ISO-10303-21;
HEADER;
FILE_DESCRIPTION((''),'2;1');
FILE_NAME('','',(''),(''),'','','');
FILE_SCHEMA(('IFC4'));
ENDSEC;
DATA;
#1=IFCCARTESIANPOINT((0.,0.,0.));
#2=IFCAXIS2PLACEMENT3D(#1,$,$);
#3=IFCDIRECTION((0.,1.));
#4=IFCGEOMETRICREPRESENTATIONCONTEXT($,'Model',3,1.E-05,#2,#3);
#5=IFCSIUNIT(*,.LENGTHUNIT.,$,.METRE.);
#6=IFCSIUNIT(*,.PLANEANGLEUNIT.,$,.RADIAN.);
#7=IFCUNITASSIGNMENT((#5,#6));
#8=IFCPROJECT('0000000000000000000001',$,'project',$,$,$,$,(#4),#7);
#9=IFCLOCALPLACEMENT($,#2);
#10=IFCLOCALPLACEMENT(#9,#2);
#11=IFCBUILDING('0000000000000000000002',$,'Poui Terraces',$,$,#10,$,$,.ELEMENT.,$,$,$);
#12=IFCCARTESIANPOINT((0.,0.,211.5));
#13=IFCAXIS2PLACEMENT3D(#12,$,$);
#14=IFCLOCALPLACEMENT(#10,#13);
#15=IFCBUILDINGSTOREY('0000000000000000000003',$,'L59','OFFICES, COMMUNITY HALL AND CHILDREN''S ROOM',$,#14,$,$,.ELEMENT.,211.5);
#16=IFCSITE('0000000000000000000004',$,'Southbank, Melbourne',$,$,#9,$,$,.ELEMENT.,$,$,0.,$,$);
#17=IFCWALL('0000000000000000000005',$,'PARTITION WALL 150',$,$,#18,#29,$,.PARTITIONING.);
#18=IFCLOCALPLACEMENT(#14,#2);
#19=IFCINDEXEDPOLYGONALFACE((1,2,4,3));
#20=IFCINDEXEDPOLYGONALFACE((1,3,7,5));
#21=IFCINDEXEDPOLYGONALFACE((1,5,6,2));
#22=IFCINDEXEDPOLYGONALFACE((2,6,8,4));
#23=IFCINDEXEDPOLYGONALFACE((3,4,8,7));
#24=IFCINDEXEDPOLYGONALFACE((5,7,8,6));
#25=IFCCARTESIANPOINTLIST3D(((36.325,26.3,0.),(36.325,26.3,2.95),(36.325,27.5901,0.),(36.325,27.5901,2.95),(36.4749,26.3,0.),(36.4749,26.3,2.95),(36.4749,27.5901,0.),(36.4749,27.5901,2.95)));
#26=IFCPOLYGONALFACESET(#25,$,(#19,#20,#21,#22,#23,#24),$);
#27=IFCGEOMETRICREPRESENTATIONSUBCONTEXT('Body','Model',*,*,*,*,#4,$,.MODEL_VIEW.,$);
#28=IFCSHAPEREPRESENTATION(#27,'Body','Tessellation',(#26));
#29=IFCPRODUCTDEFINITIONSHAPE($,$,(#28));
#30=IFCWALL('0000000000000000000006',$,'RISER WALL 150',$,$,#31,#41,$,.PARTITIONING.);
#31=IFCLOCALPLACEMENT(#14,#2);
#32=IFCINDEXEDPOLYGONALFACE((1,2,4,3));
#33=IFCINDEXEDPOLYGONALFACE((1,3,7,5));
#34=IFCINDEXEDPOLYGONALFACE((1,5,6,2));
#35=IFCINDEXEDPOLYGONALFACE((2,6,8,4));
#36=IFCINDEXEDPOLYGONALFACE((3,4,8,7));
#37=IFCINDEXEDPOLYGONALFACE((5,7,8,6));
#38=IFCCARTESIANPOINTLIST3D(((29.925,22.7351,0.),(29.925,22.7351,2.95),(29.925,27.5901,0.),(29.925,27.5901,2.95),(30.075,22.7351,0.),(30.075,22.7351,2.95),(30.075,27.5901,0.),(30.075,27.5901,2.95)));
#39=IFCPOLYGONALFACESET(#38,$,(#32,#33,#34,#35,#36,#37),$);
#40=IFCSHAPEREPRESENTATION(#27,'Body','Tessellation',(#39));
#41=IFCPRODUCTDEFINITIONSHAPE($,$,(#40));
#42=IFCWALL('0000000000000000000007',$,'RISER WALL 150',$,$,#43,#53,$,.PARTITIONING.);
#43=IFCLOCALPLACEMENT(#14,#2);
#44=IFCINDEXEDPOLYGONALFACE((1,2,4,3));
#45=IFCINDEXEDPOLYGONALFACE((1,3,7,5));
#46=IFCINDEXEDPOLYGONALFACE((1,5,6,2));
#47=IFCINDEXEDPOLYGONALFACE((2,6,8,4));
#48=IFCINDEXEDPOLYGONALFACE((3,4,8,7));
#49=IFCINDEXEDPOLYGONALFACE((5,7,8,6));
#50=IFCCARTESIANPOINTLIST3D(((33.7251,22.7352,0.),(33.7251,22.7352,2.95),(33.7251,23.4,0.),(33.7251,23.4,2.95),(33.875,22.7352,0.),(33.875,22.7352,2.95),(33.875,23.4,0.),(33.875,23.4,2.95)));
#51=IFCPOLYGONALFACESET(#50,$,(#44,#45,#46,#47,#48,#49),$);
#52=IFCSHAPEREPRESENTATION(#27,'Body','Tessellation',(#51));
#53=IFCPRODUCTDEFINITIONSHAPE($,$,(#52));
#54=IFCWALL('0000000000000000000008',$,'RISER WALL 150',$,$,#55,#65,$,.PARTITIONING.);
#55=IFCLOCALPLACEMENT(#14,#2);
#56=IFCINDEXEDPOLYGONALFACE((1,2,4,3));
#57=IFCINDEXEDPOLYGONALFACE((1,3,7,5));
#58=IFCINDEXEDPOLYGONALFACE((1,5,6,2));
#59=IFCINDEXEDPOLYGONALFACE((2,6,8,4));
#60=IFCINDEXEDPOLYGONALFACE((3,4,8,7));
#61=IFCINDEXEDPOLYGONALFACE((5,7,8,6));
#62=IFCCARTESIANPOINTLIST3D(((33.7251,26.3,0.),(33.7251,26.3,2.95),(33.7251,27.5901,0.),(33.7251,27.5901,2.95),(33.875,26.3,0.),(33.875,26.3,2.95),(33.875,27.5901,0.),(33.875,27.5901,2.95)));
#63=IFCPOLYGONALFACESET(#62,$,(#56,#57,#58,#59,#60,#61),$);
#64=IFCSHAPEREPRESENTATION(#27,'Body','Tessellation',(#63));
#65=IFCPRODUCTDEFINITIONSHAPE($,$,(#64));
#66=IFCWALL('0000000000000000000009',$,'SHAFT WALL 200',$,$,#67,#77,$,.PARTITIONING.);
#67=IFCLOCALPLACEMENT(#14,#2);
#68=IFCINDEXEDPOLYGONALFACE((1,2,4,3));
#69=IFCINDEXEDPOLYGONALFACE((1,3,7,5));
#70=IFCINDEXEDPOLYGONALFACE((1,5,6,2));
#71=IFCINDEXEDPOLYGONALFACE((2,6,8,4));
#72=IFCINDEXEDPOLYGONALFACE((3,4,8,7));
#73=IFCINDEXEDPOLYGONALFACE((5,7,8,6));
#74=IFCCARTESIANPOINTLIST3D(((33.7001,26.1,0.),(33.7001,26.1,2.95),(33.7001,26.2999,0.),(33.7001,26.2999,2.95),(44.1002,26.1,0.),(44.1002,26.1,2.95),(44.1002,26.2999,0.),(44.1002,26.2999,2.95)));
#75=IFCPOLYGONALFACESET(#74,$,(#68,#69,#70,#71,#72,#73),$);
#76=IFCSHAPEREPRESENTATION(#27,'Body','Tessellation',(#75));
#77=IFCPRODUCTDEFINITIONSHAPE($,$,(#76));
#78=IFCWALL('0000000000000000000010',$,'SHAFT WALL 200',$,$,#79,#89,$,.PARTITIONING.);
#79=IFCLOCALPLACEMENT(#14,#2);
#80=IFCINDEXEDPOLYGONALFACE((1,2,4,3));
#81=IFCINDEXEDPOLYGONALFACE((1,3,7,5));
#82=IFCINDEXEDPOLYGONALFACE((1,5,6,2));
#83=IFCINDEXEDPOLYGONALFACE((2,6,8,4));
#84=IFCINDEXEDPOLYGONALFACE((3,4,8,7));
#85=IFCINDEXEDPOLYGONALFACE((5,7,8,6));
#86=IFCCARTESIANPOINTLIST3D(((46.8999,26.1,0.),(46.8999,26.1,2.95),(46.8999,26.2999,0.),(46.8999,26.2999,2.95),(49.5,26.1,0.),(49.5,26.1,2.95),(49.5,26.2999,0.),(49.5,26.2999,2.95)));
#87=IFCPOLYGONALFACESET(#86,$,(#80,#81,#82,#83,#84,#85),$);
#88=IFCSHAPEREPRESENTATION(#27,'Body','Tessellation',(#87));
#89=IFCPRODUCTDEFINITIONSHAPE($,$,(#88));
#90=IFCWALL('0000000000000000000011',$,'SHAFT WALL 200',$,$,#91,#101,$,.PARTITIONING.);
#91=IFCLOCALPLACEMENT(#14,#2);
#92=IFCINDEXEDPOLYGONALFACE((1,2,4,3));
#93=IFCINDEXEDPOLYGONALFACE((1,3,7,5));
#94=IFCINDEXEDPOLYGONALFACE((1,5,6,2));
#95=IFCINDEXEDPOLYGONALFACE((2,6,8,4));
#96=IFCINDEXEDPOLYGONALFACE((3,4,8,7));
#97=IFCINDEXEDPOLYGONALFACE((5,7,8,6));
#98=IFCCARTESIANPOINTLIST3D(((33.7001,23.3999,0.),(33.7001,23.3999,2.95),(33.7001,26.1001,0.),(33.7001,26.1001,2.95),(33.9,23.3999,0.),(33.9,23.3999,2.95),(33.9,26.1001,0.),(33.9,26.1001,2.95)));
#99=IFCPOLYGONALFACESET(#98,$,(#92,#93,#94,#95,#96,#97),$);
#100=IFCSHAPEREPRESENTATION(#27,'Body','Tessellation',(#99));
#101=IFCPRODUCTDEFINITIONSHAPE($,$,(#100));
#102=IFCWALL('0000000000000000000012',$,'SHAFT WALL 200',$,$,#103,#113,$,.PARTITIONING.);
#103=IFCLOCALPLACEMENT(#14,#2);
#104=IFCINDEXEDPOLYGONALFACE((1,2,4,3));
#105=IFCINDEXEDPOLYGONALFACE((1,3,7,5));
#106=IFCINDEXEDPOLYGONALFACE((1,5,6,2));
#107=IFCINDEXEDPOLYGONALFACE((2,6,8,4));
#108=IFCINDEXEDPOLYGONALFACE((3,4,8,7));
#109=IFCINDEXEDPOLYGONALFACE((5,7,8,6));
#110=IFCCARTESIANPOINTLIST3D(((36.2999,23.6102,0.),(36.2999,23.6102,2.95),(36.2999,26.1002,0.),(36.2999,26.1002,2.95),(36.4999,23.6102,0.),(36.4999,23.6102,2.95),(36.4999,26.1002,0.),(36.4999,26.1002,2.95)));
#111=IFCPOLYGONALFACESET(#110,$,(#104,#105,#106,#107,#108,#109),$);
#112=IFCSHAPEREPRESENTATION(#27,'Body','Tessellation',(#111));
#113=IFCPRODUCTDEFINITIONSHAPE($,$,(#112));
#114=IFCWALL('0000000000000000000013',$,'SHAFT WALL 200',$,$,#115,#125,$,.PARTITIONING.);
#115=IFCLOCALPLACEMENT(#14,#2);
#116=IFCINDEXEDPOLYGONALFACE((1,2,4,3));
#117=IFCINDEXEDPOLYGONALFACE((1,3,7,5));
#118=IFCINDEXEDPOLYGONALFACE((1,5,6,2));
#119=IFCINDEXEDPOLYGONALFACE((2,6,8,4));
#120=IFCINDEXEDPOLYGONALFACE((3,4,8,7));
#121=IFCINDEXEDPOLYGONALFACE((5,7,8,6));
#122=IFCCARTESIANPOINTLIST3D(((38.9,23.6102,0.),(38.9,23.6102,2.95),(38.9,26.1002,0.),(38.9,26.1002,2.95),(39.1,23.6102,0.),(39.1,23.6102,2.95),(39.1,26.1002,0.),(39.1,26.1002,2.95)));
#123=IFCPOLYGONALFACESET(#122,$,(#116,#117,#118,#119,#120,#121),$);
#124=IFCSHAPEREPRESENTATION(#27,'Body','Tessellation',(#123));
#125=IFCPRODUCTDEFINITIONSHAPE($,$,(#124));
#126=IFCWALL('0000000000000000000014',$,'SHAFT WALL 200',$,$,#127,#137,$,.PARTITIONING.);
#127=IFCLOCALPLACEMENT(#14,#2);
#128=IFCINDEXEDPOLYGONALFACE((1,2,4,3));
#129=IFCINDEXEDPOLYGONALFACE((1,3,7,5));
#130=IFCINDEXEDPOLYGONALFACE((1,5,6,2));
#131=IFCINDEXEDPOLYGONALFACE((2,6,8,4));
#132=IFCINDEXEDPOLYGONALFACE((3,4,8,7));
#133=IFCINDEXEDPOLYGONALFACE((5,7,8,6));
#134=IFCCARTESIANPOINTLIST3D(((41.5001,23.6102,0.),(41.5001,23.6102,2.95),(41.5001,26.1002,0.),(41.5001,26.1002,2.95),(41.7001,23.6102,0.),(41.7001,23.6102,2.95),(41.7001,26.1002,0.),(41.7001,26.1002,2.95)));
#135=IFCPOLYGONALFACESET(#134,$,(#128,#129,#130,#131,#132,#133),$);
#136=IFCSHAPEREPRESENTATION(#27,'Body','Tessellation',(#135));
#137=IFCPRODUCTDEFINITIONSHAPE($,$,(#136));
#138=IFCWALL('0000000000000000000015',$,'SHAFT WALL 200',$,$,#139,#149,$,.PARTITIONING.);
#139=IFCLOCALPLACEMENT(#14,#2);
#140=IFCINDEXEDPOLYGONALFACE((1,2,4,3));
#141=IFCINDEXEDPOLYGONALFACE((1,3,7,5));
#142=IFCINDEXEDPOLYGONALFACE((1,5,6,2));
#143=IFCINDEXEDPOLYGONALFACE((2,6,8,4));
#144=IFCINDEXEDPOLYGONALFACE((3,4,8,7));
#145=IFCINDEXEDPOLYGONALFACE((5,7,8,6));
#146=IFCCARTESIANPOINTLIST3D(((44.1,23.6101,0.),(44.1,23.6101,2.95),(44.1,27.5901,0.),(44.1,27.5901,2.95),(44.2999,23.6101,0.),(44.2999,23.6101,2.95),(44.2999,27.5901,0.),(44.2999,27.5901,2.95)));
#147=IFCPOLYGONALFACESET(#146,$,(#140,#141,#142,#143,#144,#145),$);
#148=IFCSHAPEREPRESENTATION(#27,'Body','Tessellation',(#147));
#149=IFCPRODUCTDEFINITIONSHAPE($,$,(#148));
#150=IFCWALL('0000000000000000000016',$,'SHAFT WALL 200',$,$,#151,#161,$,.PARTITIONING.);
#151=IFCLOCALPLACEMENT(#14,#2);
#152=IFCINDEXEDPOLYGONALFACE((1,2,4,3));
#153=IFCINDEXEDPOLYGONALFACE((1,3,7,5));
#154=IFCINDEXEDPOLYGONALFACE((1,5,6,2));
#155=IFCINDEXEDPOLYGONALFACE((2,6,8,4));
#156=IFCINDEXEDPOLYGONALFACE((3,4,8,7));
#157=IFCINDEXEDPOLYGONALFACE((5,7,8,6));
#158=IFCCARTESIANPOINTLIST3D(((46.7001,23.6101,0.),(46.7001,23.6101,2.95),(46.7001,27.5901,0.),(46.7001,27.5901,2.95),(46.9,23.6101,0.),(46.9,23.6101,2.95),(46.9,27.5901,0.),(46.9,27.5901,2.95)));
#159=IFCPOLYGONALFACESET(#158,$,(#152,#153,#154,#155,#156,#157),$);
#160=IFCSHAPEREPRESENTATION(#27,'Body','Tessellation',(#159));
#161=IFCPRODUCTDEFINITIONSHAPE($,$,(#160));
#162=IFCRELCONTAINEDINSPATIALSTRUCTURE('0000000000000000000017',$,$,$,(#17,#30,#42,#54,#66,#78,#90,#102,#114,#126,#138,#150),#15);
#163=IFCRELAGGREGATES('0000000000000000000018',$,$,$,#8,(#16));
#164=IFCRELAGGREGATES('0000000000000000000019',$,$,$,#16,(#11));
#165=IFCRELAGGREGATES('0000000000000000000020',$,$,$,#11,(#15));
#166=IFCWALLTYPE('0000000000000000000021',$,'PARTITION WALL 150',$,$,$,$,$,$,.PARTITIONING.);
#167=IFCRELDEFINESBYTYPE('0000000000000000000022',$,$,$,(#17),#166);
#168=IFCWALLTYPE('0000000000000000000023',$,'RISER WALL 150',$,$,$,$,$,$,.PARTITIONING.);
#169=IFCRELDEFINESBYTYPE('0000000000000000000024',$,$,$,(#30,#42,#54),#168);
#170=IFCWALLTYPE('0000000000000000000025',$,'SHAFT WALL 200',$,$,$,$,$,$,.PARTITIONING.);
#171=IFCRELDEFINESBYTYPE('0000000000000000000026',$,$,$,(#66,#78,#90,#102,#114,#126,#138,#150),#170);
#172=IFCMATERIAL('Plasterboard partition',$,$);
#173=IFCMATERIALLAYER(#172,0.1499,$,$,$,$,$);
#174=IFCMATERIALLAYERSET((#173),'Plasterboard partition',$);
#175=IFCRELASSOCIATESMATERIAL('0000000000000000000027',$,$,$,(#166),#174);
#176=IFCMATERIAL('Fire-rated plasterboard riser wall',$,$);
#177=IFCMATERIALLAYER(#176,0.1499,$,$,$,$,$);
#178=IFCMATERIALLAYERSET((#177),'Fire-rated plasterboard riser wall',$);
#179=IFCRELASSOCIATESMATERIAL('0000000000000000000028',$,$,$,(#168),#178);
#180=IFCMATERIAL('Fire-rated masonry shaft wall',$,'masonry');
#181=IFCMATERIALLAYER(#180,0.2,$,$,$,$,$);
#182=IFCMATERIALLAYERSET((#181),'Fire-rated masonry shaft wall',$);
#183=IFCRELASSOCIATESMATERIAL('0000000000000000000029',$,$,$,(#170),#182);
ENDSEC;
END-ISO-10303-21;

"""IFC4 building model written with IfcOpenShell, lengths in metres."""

from ifc_helpers import new_model, si_unit, direction, frame, frame_2d, origin, place, context, subcontext, project, spatial, rectangle, extrude, material, layer, layer_set, type_object, element, save


model = new_model("IFC4")

# Units and contexts
model_context = context("Model", 3, precision=1e-05, world=origin(), true_north=direction((0.0, 1.0)))
body_context = subcontext(model_context, "Body", "Model", "MODEL_VIEW")
ifc_project = project(units=[si_unit("LENGTHUNIT", "METRE"), si_unit("PLANEANGLEUNIT", "RADIAN")], contexts=[model_context])

# Site, building, storey
site_placement = place(None, origin())
site = spatial("IfcSite", under=ifc_project, at=site_placement, Name="Southbank, Melbourne", CompositionType="ELEMENT", RefElevation=0.0)
building_placement = place(site_placement, origin())
building = spatial("IfcBuilding", under=site, at=building_placement, Name="Poui Terraces", CompositionType="ELEMENT")
storey_placement = place(building_placement, frame((0.0, 0.0, 211.5)))
storey = spatial("IfcBuildingStorey", under=building, at=storey_placement, Name="L59", Description="OFFICES, COMMUNITY HALL AND CHILDREN'S ROOM", CompositionType="ELEMENT", Elevation=211.5)

# Walls
ifc_material_1 = material(Name="Plasterboard partition")
ifc_layer_1 = layer(ifc_material_1, 0.1499)
ifc_layer_set_1 = layer_set([ifc_layer_1], Name="Plasterboard partition")
wall_type_1 = type_object("IfcWallType", Name="PARTITION WALL 150", PredefinedType="PARTITIONING", material=ifc_layer_set_1)
wall_1_placement = place(storey_placement, frame((36.3999, 26.3, 0.0), z_axis=(0.0, 0.0, 1.0), x_axis=(0.0, 1.0, 0.0)))
element("IfcWall", 1, at=wall_1_placement, inside=storey, type_object=wall_type_1, Name="PARTITION WALL 150", PredefinedType="PARTITIONING", context=body_context, shape_type="SweptSolid", body=[
    extrude(rectangle(XDim=1.29, YDim=0.1499, at=frame_2d((0.645, 0.0))), origin(), (0.0, 0.0, 1.0), 2.95),
])
ifc_material_2 = material(Name="Fire-rated plasterboard riser wall")
ifc_layer_2 = layer(ifc_material_2, 0.1499)
ifc_layer_set_2 = layer_set([ifc_layer_2], Name="Fire-rated plasterboard riser wall")
wall_type_2 = type_object("IfcWallType", Name="RISER WALL 150", PredefinedType="PARTITIONING", material=ifc_layer_set_2)
wall_2_placement = place(storey_placement, frame((30.0, 22.7351, 0.0), z_axis=(0.0, 0.0, 1.0), x_axis=(0.0, 1.0, 0.0)))
element("IfcWall", 2, at=wall_2_placement, inside=storey, type_object=wall_type_2, Name="RISER WALL 150", PredefinedType="PARTITIONING", context=body_context, shape_type="SweptSolid", body=[
    extrude(rectangle(XDim=4.855, YDim=0.1499, at=frame_2d((2.4275, 0.0))), origin(), (0.0, 0.0, 1.0), 2.95),
])
wall_3_placement = place(storey_placement, frame((33.8, 22.7351, 0.0), z_axis=(0.0, 0.0, 1.0), x_axis=(0.0, 1.0, 0.0)))
element("IfcWall", 3, at=wall_3_placement, inside=storey, type_object=wall_type_2, Name="RISER WALL 150", PredefinedType="PARTITIONING", context=body_context, shape_type="SweptSolid", body=[
    extrude(rectangle(XDim=0.6648, YDim=0.1499, at=frame_2d((0.3325, 0.0))), origin(), (0.0, 0.0, 1.0), 2.95),
])
wall_4_placement = place(storey_placement, frame((33.8, 26.3, 0.0), z_axis=(0.0, 0.0, 1.0), x_axis=(0.0, 1.0, 0.0)))
element("IfcWall", 4, at=wall_4_placement, inside=storey, type_object=wall_type_2, Name="RISER WALL 150", PredefinedType="PARTITIONING", context=body_context, shape_type="SweptSolid", body=[
    extrude(rectangle(XDim=1.29, YDim=0.1499, at=frame_2d((0.645, 0.0))), origin(), (0.0, 0.0, 1.0), 2.95),
])
ifc_material_3 = material(Name="Fire-rated masonry shaft wall", Category="masonry")
ifc_layer_3 = layer(ifc_material_3, 0.2)
ifc_layer_set_3 = layer_set([ifc_layer_3], Name="Fire-rated masonry shaft wall")
wall_type_3 = type_object("IfcWallType", Name="SHAFT WALL 200", PredefinedType="PARTITIONING", material=ifc_layer_set_3)
wall_5_placement = place(storey_placement, frame((33.7, 26.2, 0.0), z_axis=(0.0, 0.0, 1.0), x_axis=(1.0, 0.0, 0.0)))
element("IfcWall", 5, at=wall_5_placement, inside=storey, type_object=wall_type_3, Name="SHAFT WALL 200", PredefinedType="PARTITIONING", context=body_context, shape_type="SweptSolid", body=[
    extrude(rectangle(XDim=10.4001, YDim=0.2, at=frame_2d((5.2002, 0.0))), origin(), (0.0, 0.0, 1.0), 2.95),
])
wall_6_placement = place(storey_placement, frame((46.8999, 26.2, 0.0), z_axis=(0.0, 0.0, 1.0), x_axis=(1.0, 0.0, 0.0)))
element("IfcWall", 6, at=wall_6_placement, inside=storey, type_object=wall_type_3, Name="SHAFT WALL 200", PredefinedType="PARTITIONING", context=body_context, shape_type="SweptSolid", body=[
    extrude(rectangle(XDim=2.6001, YDim=0.2, at=frame_2d((1.3, 0.0))), origin(), (0.0, 0.0, 1.0), 2.95),
])
wall_7_placement = place(storey_placement, frame((33.8, 23.3999, 0.0), z_axis=(0.0, 0.0, 1.0), x_axis=(0.0, 1.0, 0.0)))
element("IfcWall", 7, at=wall_7_placement, inside=storey, type_object=wall_type_3, Name="SHAFT WALL 200", PredefinedType="PARTITIONING", context=body_context, shape_type="SweptSolid", body=[
    extrude(rectangle(XDim=2.7002, YDim=0.2, at=frame_2d((1.3501, 0.0))), origin(), (0.0, 0.0, 1.0), 2.95),
])
for number, where, z_axis, x_axis, name in (
    (8, (36.3999, 23.6101, 0.0), (0.0, 0.0, 1.0), (0.0, 1.0, 0.0), "SHAFT WALL 200"),
    (9, (39.0, 23.6101, 0.0), (0.0, 0.0, 1.0), (0.0, 1.0, 0.0), "SHAFT WALL 200"),
    (10, (41.6001, 23.6101, 0.0), (0.0, 0.0, 1.0), (0.0, 1.0, 0.0), "SHAFT WALL 200"),
):
    element("IfcWall", number, at=place(storey_placement, frame(where, z_axis=z_axis, x_axis=x_axis)), inside=storey, type_object=wall_type_3, Name=name, PredefinedType="PARTITIONING", context=body_context, shape_type="SweptSolid", body=[
        extrude(rectangle(XDim=2.49, YDim=0.2, at=frame_2d((1.2451, 0.0))), origin(), (0.0, 0.0, 1.0), 2.95),
    ])
for number, where, z_axis, x_axis, name in (
    (11, (44.2, 23.6101, 0.0), (0.0, 0.0, 1.0), (0.0, 1.0, 0.0), "SHAFT WALL 200"),
    (12, (46.8, 23.6101, 0.0), (0.0, 0.0, 1.0), (0.0, 1.0, 0.0), "SHAFT WALL 200"),
):
    element("IfcWall", number, at=place(storey_placement, frame(where, z_axis=z_axis, x_axis=x_axis)), inside=storey, type_object=wall_type_3, Name=name, PredefinedType="PARTITIONING", context=body_context, shape_type="SweptSolid", body=[
        extrude(rectangle(XDim=3.98, YDim=0.2, at=frame_2d((1.99, 0.0))), origin(), (0.0, 0.0, 1.0), 2.95),
    ])

save(model, "model.ifc")
